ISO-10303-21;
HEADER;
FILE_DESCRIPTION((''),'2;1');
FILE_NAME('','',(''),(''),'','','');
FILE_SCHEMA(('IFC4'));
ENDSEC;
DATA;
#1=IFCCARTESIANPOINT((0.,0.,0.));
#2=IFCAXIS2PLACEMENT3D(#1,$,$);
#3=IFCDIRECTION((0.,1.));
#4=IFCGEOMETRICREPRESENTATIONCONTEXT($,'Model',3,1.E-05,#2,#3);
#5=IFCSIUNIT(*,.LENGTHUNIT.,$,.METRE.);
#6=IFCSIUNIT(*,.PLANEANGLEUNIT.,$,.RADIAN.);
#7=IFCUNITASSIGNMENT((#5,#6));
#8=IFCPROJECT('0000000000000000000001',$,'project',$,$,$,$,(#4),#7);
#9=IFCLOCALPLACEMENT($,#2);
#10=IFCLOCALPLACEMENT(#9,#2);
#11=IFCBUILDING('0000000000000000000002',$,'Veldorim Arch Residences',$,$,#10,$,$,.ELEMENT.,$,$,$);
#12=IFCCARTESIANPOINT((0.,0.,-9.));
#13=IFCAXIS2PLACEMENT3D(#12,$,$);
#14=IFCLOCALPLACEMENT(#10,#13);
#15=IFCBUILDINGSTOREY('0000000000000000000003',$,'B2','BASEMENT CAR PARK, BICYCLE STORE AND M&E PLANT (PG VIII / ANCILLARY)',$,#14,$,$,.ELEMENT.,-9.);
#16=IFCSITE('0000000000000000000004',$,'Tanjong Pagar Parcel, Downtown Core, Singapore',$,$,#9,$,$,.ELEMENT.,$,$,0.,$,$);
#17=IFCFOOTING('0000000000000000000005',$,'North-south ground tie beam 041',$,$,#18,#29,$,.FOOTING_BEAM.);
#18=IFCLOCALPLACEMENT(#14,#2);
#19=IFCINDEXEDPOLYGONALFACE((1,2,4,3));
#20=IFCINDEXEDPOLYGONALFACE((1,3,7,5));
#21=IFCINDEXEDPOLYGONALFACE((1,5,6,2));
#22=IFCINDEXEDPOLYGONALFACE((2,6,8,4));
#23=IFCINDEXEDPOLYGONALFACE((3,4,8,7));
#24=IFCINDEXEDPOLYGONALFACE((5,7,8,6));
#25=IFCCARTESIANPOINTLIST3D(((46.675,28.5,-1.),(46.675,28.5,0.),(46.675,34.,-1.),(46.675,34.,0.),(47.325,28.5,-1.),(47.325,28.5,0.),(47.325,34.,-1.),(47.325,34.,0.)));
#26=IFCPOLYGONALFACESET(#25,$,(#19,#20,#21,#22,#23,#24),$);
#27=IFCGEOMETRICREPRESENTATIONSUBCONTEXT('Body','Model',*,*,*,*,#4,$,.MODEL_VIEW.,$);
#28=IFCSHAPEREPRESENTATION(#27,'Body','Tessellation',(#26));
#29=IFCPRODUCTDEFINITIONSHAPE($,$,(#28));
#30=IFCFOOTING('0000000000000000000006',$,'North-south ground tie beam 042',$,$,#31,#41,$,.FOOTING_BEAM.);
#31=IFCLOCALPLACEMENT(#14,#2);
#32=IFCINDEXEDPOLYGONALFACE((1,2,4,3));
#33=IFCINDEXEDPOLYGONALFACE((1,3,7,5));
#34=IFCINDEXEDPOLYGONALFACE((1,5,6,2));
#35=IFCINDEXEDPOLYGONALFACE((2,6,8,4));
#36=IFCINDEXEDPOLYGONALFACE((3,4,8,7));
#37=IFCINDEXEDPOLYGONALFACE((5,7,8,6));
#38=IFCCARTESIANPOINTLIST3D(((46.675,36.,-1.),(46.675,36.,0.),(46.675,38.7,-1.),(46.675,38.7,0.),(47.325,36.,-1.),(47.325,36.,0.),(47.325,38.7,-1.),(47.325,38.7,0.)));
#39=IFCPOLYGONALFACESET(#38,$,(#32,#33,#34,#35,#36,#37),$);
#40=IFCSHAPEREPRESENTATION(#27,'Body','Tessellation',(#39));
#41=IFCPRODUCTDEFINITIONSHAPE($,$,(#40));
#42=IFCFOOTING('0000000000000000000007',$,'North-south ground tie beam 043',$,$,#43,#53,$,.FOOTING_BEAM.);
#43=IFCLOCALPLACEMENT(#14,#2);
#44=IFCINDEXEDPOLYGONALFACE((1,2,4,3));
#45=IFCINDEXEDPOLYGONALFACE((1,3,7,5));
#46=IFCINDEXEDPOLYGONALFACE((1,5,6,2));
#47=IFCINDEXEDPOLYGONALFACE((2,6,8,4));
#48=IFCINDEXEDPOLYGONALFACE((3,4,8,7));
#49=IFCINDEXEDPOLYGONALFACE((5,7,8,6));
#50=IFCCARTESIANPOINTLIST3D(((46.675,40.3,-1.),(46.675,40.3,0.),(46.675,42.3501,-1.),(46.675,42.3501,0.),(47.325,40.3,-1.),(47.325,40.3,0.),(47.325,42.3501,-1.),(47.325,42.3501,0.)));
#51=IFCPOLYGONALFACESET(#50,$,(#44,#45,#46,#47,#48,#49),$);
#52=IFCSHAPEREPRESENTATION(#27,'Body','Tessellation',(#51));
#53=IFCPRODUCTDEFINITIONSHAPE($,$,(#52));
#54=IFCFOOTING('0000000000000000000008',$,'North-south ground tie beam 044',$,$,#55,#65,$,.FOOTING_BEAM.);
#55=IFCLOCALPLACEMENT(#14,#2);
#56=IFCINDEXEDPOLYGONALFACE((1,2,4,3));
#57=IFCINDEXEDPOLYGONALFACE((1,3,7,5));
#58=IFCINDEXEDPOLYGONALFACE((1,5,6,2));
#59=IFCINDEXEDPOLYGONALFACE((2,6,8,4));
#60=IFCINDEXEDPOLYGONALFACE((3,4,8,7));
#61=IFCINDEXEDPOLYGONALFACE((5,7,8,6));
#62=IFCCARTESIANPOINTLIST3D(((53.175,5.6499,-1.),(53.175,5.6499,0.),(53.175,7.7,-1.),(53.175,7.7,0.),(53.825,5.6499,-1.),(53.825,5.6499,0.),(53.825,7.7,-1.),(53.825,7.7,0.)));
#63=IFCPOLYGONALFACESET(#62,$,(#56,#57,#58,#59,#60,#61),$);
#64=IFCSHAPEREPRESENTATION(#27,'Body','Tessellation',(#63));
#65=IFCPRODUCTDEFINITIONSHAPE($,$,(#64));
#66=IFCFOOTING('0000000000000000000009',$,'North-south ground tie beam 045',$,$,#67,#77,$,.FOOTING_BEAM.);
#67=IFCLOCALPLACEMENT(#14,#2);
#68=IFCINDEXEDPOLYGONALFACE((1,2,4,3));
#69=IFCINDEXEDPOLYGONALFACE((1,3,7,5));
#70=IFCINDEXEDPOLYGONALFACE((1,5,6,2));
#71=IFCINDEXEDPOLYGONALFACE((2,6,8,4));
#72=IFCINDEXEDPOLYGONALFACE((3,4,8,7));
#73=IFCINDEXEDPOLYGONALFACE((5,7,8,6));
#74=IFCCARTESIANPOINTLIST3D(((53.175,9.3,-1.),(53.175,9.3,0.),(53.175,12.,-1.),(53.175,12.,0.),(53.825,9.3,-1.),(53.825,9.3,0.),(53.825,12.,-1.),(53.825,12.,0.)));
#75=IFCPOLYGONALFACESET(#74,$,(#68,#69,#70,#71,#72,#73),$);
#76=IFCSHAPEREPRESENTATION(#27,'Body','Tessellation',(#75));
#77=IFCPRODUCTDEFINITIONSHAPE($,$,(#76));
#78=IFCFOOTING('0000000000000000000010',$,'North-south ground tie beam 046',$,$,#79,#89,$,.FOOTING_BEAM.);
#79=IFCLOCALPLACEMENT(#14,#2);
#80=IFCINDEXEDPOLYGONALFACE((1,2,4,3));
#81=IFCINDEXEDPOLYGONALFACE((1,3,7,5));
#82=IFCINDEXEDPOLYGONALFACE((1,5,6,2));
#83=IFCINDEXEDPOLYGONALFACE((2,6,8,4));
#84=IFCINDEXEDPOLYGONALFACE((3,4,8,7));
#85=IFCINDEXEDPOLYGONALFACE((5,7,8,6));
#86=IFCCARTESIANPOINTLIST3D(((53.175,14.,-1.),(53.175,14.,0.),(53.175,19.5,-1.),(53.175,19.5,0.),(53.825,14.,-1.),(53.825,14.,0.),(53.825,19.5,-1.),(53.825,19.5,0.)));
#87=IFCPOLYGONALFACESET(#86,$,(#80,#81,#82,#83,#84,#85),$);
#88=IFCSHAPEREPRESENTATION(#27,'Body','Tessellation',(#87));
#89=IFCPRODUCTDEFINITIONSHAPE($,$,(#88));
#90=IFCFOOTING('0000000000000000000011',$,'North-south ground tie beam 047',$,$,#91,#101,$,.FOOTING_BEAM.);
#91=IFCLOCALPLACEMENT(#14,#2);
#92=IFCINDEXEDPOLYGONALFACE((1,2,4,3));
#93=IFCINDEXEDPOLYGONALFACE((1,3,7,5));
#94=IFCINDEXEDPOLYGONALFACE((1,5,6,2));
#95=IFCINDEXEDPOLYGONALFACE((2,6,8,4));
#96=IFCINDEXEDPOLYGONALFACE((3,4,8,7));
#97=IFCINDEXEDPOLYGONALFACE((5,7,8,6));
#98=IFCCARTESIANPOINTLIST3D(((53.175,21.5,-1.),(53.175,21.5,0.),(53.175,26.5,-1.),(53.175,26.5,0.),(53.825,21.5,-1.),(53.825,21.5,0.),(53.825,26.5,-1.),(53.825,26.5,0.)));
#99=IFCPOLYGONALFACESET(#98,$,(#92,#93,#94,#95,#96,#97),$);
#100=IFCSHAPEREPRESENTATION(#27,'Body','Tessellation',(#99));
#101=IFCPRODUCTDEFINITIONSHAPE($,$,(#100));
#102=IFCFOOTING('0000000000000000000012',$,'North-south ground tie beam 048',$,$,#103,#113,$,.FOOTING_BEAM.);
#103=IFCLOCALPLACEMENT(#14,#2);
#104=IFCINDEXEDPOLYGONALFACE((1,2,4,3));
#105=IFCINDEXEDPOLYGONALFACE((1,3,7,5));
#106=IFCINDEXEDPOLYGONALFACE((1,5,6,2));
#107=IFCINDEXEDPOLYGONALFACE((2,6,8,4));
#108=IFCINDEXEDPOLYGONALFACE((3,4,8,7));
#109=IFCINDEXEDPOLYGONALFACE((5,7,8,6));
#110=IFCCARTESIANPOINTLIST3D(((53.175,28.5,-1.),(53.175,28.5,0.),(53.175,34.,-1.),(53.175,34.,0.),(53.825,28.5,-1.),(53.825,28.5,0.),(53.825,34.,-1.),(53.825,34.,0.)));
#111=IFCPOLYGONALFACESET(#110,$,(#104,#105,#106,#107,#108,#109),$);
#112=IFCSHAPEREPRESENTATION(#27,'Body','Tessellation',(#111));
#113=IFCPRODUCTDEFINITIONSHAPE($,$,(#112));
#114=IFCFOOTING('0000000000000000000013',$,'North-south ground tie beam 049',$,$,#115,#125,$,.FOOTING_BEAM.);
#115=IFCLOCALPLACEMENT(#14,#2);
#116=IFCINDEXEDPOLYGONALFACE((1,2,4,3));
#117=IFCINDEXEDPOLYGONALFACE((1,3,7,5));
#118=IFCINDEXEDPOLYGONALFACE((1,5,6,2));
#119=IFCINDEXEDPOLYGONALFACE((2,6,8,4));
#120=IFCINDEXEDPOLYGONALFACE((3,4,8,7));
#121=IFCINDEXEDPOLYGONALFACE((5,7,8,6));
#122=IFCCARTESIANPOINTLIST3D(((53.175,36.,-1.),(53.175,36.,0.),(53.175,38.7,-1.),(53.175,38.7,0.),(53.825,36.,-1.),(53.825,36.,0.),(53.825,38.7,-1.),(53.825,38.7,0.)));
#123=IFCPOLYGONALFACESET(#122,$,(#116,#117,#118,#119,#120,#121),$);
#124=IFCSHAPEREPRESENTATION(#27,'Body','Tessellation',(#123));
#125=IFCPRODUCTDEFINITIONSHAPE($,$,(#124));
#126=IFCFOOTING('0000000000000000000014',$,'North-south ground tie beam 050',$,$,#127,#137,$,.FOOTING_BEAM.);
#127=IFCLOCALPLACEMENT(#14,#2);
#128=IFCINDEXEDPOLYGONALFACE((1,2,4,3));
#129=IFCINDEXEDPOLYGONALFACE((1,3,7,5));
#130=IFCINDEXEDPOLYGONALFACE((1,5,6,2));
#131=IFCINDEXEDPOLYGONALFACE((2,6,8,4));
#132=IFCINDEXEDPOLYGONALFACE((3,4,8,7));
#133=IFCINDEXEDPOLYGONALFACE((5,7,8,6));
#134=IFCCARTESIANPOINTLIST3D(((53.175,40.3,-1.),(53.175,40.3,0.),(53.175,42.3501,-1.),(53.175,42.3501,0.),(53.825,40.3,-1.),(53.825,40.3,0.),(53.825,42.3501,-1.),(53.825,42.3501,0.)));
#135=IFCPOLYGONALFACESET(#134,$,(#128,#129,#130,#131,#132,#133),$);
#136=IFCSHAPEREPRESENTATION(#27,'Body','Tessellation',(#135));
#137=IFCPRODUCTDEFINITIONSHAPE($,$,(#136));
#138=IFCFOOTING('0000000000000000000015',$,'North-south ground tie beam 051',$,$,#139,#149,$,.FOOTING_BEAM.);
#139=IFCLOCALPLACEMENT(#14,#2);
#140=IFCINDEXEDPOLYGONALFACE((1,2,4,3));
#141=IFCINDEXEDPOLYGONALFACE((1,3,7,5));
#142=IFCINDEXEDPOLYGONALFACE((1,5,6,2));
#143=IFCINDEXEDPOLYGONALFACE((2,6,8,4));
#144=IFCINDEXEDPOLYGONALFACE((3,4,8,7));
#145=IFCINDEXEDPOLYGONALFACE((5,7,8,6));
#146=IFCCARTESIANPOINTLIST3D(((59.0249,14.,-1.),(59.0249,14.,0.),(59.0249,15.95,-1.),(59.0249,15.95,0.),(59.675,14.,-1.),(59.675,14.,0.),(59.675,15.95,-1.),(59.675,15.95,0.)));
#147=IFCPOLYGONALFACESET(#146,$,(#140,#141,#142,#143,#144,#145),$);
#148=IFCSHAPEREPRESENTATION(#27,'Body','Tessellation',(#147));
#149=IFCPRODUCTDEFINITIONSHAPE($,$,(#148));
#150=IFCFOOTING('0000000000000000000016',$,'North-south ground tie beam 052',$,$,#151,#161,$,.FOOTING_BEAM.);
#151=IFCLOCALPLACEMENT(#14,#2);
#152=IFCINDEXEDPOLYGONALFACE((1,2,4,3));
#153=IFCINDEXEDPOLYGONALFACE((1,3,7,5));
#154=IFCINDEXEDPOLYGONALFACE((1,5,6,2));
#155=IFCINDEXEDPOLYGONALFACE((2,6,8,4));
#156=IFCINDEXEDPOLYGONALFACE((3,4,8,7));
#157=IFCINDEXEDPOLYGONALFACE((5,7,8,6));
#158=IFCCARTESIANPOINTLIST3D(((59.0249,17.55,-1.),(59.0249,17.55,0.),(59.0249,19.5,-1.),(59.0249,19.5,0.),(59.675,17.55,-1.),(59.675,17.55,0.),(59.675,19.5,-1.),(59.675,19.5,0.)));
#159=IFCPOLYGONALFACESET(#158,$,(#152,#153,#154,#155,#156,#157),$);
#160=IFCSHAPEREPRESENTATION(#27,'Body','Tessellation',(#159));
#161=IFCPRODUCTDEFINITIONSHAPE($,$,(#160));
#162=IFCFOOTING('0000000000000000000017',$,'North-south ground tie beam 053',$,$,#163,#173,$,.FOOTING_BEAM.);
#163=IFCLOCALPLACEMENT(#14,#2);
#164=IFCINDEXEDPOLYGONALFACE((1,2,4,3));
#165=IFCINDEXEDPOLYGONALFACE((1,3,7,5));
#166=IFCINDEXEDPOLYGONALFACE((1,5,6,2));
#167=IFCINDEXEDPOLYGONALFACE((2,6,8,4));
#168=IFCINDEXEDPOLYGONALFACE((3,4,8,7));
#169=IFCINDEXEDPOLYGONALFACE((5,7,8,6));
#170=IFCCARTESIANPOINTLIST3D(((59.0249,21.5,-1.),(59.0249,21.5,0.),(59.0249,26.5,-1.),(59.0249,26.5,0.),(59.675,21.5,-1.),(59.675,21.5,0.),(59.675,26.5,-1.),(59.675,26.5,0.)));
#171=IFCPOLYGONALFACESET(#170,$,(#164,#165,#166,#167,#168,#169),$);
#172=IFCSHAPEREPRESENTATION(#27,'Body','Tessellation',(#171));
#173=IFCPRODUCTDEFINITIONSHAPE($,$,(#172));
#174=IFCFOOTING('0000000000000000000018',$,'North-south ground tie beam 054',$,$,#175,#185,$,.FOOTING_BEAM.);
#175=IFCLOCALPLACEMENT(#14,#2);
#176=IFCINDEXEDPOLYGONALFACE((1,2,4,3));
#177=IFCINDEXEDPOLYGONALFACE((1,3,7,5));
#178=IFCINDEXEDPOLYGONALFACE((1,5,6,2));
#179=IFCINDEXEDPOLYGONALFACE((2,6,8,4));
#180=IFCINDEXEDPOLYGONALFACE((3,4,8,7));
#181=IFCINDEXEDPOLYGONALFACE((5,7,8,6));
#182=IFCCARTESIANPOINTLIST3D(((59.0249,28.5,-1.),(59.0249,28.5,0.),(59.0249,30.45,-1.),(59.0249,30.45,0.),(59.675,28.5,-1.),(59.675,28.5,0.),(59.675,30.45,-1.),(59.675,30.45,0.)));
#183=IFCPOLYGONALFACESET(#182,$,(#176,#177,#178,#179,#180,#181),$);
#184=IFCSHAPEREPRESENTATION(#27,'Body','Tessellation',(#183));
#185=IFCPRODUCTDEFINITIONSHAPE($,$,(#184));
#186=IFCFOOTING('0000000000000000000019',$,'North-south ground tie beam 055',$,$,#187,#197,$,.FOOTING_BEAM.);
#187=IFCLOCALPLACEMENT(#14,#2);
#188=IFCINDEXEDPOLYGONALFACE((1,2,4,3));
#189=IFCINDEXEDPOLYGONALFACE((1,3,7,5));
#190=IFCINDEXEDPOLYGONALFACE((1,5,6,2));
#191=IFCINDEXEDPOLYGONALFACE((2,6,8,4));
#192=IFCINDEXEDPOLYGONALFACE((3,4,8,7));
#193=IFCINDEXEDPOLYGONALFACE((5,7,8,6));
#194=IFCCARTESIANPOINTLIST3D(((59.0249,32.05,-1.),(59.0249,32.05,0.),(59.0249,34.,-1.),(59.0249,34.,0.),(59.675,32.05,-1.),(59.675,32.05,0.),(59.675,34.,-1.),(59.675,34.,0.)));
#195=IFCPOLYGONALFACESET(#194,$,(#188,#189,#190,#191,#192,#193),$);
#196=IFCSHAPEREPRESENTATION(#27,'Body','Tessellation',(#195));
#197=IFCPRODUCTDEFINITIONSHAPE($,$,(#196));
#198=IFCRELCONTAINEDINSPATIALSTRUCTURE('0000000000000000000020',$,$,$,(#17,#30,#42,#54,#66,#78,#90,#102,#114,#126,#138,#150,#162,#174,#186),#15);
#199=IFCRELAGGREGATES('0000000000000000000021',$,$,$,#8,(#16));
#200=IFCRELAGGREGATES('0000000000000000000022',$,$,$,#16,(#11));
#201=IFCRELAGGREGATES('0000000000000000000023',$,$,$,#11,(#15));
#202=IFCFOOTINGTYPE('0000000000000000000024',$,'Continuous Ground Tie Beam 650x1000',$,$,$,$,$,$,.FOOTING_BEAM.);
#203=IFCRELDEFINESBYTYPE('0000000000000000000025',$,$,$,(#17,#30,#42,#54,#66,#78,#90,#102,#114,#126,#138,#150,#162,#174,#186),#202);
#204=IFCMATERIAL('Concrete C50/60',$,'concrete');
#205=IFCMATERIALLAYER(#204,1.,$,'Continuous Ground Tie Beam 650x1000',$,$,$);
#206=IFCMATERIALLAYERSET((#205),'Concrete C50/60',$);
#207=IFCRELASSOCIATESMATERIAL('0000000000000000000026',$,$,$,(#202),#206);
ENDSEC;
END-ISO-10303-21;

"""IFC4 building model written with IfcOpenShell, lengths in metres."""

from ifc_helpers import new_model, si_unit, direction, frame, origin, place, context, subcontext, project, spatial, polyline, outline, extrude, material, layer, layer_set, type_object, element, save


model = new_model("IFC4")

# Units and contexts
model_context = context("Model", 3, precision=1e-05, world=origin(), true_north=direction((0.0, 1.0)))
body_context = subcontext(model_context, "Body", "Model", "MODEL_VIEW")
ifc_project = project(units=[si_unit("LENGTHUNIT", "METRE"), si_unit("PLANEANGLEUNIT", "RADIAN")], contexts=[model_context])

# Site, building, storey
site_placement = place(None, origin())
site = spatial("IfcSite", under=ifc_project, at=site_placement, Name="Tanjong Pagar Parcel, Downtown Core, Singapore", CompositionType="ELEMENT", RefElevation=0.0)
building_placement = place(site_placement, origin())
building = spatial("IfcBuilding", under=site, at=building_placement, Name="Veldorim Arch Residences", CompositionType="ELEMENT")
storey_placement = place(building_placement, frame((0.0, 0.0, -9.0)))
storey = spatial("IfcBuildingStorey", under=building, at=storey_placement, Name="B2", Description="BASEMENT CAR PARK, BICYCLE STORE AND M&E PLANT (PG VIII / ANCILLARY)", CompositionType="ELEMENT", Elevation=-9.0)

# Footings
ifc_material = material(Name="Concrete C50/60", Category="concrete")
ifc_layer = layer(ifc_material, 1.0, Name="Continuous Ground Tie Beam 650x1000")
ifc_layer_set = layer_set([ifc_layer], Name="Concrete C50/60")
footing_type = type_object("IfcFootingType", Name="Continuous Ground Tie Beam 650x1000", PredefinedType="FOOTING_BEAM", material=ifc_layer_set)
footing_1_placement = place(storey_placement, frame((0.0, 0.0, -1.0)))
element("IfcFooting", 1, at=footing_1_placement, inside=storey, type_object=footing_type, Name="North-south ground tie beam 041", PredefinedType="FOOTING_BEAM", context=body_context, shape_type="SweptSolid", body=[
    extrude(outline(polyline([(46.675, 28.5), (47.325, 28.5), (47.325, 34.0), (46.675, 34.0), (46.675, 28.5)])), origin(), (0.0, 0.0, 1.0), 1.0),
])
footing_2_placement = place(storey_placement, frame((0.0, 0.0, -1.0)))
element("IfcFooting", 2, at=footing_2_placement, inside=storey, type_object=footing_type, Name="North-south ground tie beam 042", PredefinedType="FOOTING_BEAM", context=body_context, shape_type="SweptSolid", body=[
    extrude(outline(polyline([(46.675, 36.0), (47.325, 36.0), (47.325, 38.7), (46.675, 38.7), (46.675, 36.0)])), origin(), (0.0, 0.0, 1.0), 1.0),
])
footing_3_placement = place(storey_placement, frame((0.0, 0.0, -1.0)))
element("IfcFooting", 3, at=footing_3_placement, inside=storey, type_object=footing_type, Name="North-south ground tie beam 043", PredefinedType="FOOTING_BEAM", context=body_context, shape_type="SweptSolid", body=[
    extrude(outline(polyline([(46.675, 40.3), (47.325, 40.3), (47.325, 42.3501), (46.675, 42.3501), (46.675, 40.3)])), origin(), (0.0, 0.0, 1.0), 1.0),
])
footing_4_placement = place(storey_placement, frame((0.0, 0.0, -1.0)))
element("IfcFooting", 4, at=footing_4_placement, inside=storey, type_object=footing_type, Name="North-south ground tie beam 044", PredefinedType="FOOTING_BEAM", context=body_context, shape_type="SweptSolid", body=[
    extrude(outline(polyline([(53.175, 5.6499), (53.825, 5.6499), (53.825, 7.7), (53.175, 7.7), (53.175, 5.6499)])), origin(), (0.0, 0.0, 1.0), 1.0),
])
footing_5_placement = place(storey_placement, frame((0.0, 0.0, -1.0)))
element("IfcFooting", 5, at=footing_5_placement, inside=storey, type_object=footing_type, Name="North-south ground tie beam 045", PredefinedType="FOOTING_BEAM", context=body_context, shape_type="SweptSolid", body=[
    extrude(outline(polyline([(53.175, 9.3), (53.825, 9.3), (53.825, 12.0), (53.175, 12.0), (53.175, 9.3)])), origin(), (0.0, 0.0, 1.0), 1.0),
])
footing_6_placement = place(storey_placement, frame((0.0, 0.0, -1.0)))
element("IfcFooting", 6, at=footing_6_placement, inside=storey, type_object=footing_type, Name="North-south ground tie beam 046", PredefinedType="FOOTING_BEAM", context=body_context, shape_type="SweptSolid", body=[
    extrude(outline(polyline([(53.175, 14.0), (53.825, 14.0), (53.825, 19.5), (53.175, 19.5), (53.175, 14.0)])), origin(), (0.0, 0.0, 1.0), 1.0),
])
footing_7_placement = place(storey_placement, frame((0.0, 0.0, -1.0)))
element("IfcFooting", 7, at=footing_7_placement, inside=storey, type_object=footing_type, Name="North-south ground tie beam 047", PredefinedType="FOOTING_BEAM", context=body_context, shape_type="SweptSolid", body=[
    extrude(outline(polyline([(53.175, 21.5), (53.825, 21.5), (53.825, 26.5), (53.175, 26.5), (53.175, 21.5)])), origin(), (0.0, 0.0, 1.0), 1.0),
])
footing_8_placement = place(storey_placement, frame((0.0, 0.0, -1.0)))
element("IfcFooting", 8, at=footing_8_placement, inside=storey, type_object=footing_type, Name="North-south ground tie beam 048", PredefinedType="FOOTING_BEAM", context=body_context, shape_type="SweptSolid", body=[
    extrude(outline(polyline([(53.175, 28.5), (53.825, 28.5), (53.825, 34.0), (53.175, 34.0), (53.175, 28.5)])), origin(), (0.0, 0.0, 1.0), 1.0),
])
footing_9_placement = place(storey_placement, frame((0.0, 0.0, -1.0)))
element("IfcFooting", 9, at=footing_9_placement, inside=storey, type_object=footing_type, Name="North-south ground tie beam 049", PredefinedType="FOOTING_BEAM", context=body_context, shape_type="SweptSolid", body=[
    extrude(outline(polyline([(53.175, 36.0), (53.825, 36.0), (53.825, 38.7), (53.175, 38.7), (53.175, 36.0)])), origin(), (0.0, 0.0, 1.0), 1.0),
])
footing_10_placement = place(storey_placement, frame((0.0, 0.0, -1.0)))
element("IfcFooting", 10, at=footing_10_placement, inside=storey, type_object=footing_type, Name="North-south ground tie beam 050", PredefinedType="FOOTING_BEAM", context=body_context, shape_type="SweptSolid", body=[
    extrude(outline(polyline([(53.175, 40.3), (53.825, 40.3), (53.825, 42.3501), (53.175, 42.3501), (53.175, 40.3)])), origin(), (0.0, 0.0, 1.0), 1.0),
])
footing_11_placement = place(storey_placement, frame((0.0, 0.0, -1.0)))
element("IfcFooting", 11, at=footing_11_placement, inside=storey, type_object=footing_type, Name="North-south ground tie beam 051", PredefinedType="FOOTING_BEAM", context=body_context, shape_type="SweptSolid", body=[
    extrude(outline(polyline([(59.0249, 14.0), (59.675, 14.0), (59.675, 15.95), (59.0249, 15.95), (59.0249, 14.0)])), origin(), (0.0, 0.0, 1.0), 1.0),
])
footing_12_placement = place(storey_placement, frame((0.0, 0.0, -1.0)))
element("IfcFooting", 12, at=footing_12_placement, inside=storey, type_object=footing_type, Name="North-south ground tie beam 052", PredefinedType="FOOTING_BEAM", context=body_context, shape_type="SweptSolid", body=[
    extrude(outline(polyline([(59.0249, 17.55), (59.675, 17.55), (59.675, 19.5), (59.0249, 19.5), (59.0249, 17.55)])), origin(), (0.0, 0.0, 1.0), 1.0),
])
footing_13_placement = place(storey_placement, frame((0.0, 0.0, -1.0)))
element("IfcFooting", 13, at=footing_13_placement, inside=storey, type_object=footing_type, Name="North-south ground tie beam 053", PredefinedType="FOOTING_BEAM", context=body_context, shape_type="SweptSolid", body=[
    extrude(outline(polyline([(59.0249, 21.5), (59.675, 21.5), (59.675, 26.5), (59.0249, 26.5), (59.0249, 21.5)])), origin(), (0.0, 0.0, 1.0), 1.0),
])
footing_14_placement = place(storey_placement, frame((0.0, 0.0, -1.0)))
element("IfcFooting", 14, at=footing_14_placement, inside=storey, type_object=footing_type, Name="North-south ground tie beam 054", PredefinedType="FOOTING_BEAM", context=body_context, shape_type="SweptSolid", body=[
    extrude(outline(polyline([(59.0249, 28.5), (59.675, 28.5), (59.675, 30.45), (59.0249, 30.45), (59.0249, 28.5)])), origin(), (0.0, 0.0, 1.0), 1.0),
])
footing_15_placement = place(storey_placement, frame((0.0, 0.0, -1.0)))
element("IfcFooting", 15, at=footing_15_placement, inside=storey, type_object=footing_type, Name="North-south ground tie beam 055", PredefinedType="FOOTING_BEAM", context=body_context, shape_type="SweptSolid", body=[
    extrude(outline(polyline([(59.0249, 32.05), (59.675, 32.05), (59.675, 34.0), (59.0249, 34.0), (59.0249, 32.05)])), origin(), (0.0, 0.0, 1.0), 1.0),
])

save(model, "model.ifc")
